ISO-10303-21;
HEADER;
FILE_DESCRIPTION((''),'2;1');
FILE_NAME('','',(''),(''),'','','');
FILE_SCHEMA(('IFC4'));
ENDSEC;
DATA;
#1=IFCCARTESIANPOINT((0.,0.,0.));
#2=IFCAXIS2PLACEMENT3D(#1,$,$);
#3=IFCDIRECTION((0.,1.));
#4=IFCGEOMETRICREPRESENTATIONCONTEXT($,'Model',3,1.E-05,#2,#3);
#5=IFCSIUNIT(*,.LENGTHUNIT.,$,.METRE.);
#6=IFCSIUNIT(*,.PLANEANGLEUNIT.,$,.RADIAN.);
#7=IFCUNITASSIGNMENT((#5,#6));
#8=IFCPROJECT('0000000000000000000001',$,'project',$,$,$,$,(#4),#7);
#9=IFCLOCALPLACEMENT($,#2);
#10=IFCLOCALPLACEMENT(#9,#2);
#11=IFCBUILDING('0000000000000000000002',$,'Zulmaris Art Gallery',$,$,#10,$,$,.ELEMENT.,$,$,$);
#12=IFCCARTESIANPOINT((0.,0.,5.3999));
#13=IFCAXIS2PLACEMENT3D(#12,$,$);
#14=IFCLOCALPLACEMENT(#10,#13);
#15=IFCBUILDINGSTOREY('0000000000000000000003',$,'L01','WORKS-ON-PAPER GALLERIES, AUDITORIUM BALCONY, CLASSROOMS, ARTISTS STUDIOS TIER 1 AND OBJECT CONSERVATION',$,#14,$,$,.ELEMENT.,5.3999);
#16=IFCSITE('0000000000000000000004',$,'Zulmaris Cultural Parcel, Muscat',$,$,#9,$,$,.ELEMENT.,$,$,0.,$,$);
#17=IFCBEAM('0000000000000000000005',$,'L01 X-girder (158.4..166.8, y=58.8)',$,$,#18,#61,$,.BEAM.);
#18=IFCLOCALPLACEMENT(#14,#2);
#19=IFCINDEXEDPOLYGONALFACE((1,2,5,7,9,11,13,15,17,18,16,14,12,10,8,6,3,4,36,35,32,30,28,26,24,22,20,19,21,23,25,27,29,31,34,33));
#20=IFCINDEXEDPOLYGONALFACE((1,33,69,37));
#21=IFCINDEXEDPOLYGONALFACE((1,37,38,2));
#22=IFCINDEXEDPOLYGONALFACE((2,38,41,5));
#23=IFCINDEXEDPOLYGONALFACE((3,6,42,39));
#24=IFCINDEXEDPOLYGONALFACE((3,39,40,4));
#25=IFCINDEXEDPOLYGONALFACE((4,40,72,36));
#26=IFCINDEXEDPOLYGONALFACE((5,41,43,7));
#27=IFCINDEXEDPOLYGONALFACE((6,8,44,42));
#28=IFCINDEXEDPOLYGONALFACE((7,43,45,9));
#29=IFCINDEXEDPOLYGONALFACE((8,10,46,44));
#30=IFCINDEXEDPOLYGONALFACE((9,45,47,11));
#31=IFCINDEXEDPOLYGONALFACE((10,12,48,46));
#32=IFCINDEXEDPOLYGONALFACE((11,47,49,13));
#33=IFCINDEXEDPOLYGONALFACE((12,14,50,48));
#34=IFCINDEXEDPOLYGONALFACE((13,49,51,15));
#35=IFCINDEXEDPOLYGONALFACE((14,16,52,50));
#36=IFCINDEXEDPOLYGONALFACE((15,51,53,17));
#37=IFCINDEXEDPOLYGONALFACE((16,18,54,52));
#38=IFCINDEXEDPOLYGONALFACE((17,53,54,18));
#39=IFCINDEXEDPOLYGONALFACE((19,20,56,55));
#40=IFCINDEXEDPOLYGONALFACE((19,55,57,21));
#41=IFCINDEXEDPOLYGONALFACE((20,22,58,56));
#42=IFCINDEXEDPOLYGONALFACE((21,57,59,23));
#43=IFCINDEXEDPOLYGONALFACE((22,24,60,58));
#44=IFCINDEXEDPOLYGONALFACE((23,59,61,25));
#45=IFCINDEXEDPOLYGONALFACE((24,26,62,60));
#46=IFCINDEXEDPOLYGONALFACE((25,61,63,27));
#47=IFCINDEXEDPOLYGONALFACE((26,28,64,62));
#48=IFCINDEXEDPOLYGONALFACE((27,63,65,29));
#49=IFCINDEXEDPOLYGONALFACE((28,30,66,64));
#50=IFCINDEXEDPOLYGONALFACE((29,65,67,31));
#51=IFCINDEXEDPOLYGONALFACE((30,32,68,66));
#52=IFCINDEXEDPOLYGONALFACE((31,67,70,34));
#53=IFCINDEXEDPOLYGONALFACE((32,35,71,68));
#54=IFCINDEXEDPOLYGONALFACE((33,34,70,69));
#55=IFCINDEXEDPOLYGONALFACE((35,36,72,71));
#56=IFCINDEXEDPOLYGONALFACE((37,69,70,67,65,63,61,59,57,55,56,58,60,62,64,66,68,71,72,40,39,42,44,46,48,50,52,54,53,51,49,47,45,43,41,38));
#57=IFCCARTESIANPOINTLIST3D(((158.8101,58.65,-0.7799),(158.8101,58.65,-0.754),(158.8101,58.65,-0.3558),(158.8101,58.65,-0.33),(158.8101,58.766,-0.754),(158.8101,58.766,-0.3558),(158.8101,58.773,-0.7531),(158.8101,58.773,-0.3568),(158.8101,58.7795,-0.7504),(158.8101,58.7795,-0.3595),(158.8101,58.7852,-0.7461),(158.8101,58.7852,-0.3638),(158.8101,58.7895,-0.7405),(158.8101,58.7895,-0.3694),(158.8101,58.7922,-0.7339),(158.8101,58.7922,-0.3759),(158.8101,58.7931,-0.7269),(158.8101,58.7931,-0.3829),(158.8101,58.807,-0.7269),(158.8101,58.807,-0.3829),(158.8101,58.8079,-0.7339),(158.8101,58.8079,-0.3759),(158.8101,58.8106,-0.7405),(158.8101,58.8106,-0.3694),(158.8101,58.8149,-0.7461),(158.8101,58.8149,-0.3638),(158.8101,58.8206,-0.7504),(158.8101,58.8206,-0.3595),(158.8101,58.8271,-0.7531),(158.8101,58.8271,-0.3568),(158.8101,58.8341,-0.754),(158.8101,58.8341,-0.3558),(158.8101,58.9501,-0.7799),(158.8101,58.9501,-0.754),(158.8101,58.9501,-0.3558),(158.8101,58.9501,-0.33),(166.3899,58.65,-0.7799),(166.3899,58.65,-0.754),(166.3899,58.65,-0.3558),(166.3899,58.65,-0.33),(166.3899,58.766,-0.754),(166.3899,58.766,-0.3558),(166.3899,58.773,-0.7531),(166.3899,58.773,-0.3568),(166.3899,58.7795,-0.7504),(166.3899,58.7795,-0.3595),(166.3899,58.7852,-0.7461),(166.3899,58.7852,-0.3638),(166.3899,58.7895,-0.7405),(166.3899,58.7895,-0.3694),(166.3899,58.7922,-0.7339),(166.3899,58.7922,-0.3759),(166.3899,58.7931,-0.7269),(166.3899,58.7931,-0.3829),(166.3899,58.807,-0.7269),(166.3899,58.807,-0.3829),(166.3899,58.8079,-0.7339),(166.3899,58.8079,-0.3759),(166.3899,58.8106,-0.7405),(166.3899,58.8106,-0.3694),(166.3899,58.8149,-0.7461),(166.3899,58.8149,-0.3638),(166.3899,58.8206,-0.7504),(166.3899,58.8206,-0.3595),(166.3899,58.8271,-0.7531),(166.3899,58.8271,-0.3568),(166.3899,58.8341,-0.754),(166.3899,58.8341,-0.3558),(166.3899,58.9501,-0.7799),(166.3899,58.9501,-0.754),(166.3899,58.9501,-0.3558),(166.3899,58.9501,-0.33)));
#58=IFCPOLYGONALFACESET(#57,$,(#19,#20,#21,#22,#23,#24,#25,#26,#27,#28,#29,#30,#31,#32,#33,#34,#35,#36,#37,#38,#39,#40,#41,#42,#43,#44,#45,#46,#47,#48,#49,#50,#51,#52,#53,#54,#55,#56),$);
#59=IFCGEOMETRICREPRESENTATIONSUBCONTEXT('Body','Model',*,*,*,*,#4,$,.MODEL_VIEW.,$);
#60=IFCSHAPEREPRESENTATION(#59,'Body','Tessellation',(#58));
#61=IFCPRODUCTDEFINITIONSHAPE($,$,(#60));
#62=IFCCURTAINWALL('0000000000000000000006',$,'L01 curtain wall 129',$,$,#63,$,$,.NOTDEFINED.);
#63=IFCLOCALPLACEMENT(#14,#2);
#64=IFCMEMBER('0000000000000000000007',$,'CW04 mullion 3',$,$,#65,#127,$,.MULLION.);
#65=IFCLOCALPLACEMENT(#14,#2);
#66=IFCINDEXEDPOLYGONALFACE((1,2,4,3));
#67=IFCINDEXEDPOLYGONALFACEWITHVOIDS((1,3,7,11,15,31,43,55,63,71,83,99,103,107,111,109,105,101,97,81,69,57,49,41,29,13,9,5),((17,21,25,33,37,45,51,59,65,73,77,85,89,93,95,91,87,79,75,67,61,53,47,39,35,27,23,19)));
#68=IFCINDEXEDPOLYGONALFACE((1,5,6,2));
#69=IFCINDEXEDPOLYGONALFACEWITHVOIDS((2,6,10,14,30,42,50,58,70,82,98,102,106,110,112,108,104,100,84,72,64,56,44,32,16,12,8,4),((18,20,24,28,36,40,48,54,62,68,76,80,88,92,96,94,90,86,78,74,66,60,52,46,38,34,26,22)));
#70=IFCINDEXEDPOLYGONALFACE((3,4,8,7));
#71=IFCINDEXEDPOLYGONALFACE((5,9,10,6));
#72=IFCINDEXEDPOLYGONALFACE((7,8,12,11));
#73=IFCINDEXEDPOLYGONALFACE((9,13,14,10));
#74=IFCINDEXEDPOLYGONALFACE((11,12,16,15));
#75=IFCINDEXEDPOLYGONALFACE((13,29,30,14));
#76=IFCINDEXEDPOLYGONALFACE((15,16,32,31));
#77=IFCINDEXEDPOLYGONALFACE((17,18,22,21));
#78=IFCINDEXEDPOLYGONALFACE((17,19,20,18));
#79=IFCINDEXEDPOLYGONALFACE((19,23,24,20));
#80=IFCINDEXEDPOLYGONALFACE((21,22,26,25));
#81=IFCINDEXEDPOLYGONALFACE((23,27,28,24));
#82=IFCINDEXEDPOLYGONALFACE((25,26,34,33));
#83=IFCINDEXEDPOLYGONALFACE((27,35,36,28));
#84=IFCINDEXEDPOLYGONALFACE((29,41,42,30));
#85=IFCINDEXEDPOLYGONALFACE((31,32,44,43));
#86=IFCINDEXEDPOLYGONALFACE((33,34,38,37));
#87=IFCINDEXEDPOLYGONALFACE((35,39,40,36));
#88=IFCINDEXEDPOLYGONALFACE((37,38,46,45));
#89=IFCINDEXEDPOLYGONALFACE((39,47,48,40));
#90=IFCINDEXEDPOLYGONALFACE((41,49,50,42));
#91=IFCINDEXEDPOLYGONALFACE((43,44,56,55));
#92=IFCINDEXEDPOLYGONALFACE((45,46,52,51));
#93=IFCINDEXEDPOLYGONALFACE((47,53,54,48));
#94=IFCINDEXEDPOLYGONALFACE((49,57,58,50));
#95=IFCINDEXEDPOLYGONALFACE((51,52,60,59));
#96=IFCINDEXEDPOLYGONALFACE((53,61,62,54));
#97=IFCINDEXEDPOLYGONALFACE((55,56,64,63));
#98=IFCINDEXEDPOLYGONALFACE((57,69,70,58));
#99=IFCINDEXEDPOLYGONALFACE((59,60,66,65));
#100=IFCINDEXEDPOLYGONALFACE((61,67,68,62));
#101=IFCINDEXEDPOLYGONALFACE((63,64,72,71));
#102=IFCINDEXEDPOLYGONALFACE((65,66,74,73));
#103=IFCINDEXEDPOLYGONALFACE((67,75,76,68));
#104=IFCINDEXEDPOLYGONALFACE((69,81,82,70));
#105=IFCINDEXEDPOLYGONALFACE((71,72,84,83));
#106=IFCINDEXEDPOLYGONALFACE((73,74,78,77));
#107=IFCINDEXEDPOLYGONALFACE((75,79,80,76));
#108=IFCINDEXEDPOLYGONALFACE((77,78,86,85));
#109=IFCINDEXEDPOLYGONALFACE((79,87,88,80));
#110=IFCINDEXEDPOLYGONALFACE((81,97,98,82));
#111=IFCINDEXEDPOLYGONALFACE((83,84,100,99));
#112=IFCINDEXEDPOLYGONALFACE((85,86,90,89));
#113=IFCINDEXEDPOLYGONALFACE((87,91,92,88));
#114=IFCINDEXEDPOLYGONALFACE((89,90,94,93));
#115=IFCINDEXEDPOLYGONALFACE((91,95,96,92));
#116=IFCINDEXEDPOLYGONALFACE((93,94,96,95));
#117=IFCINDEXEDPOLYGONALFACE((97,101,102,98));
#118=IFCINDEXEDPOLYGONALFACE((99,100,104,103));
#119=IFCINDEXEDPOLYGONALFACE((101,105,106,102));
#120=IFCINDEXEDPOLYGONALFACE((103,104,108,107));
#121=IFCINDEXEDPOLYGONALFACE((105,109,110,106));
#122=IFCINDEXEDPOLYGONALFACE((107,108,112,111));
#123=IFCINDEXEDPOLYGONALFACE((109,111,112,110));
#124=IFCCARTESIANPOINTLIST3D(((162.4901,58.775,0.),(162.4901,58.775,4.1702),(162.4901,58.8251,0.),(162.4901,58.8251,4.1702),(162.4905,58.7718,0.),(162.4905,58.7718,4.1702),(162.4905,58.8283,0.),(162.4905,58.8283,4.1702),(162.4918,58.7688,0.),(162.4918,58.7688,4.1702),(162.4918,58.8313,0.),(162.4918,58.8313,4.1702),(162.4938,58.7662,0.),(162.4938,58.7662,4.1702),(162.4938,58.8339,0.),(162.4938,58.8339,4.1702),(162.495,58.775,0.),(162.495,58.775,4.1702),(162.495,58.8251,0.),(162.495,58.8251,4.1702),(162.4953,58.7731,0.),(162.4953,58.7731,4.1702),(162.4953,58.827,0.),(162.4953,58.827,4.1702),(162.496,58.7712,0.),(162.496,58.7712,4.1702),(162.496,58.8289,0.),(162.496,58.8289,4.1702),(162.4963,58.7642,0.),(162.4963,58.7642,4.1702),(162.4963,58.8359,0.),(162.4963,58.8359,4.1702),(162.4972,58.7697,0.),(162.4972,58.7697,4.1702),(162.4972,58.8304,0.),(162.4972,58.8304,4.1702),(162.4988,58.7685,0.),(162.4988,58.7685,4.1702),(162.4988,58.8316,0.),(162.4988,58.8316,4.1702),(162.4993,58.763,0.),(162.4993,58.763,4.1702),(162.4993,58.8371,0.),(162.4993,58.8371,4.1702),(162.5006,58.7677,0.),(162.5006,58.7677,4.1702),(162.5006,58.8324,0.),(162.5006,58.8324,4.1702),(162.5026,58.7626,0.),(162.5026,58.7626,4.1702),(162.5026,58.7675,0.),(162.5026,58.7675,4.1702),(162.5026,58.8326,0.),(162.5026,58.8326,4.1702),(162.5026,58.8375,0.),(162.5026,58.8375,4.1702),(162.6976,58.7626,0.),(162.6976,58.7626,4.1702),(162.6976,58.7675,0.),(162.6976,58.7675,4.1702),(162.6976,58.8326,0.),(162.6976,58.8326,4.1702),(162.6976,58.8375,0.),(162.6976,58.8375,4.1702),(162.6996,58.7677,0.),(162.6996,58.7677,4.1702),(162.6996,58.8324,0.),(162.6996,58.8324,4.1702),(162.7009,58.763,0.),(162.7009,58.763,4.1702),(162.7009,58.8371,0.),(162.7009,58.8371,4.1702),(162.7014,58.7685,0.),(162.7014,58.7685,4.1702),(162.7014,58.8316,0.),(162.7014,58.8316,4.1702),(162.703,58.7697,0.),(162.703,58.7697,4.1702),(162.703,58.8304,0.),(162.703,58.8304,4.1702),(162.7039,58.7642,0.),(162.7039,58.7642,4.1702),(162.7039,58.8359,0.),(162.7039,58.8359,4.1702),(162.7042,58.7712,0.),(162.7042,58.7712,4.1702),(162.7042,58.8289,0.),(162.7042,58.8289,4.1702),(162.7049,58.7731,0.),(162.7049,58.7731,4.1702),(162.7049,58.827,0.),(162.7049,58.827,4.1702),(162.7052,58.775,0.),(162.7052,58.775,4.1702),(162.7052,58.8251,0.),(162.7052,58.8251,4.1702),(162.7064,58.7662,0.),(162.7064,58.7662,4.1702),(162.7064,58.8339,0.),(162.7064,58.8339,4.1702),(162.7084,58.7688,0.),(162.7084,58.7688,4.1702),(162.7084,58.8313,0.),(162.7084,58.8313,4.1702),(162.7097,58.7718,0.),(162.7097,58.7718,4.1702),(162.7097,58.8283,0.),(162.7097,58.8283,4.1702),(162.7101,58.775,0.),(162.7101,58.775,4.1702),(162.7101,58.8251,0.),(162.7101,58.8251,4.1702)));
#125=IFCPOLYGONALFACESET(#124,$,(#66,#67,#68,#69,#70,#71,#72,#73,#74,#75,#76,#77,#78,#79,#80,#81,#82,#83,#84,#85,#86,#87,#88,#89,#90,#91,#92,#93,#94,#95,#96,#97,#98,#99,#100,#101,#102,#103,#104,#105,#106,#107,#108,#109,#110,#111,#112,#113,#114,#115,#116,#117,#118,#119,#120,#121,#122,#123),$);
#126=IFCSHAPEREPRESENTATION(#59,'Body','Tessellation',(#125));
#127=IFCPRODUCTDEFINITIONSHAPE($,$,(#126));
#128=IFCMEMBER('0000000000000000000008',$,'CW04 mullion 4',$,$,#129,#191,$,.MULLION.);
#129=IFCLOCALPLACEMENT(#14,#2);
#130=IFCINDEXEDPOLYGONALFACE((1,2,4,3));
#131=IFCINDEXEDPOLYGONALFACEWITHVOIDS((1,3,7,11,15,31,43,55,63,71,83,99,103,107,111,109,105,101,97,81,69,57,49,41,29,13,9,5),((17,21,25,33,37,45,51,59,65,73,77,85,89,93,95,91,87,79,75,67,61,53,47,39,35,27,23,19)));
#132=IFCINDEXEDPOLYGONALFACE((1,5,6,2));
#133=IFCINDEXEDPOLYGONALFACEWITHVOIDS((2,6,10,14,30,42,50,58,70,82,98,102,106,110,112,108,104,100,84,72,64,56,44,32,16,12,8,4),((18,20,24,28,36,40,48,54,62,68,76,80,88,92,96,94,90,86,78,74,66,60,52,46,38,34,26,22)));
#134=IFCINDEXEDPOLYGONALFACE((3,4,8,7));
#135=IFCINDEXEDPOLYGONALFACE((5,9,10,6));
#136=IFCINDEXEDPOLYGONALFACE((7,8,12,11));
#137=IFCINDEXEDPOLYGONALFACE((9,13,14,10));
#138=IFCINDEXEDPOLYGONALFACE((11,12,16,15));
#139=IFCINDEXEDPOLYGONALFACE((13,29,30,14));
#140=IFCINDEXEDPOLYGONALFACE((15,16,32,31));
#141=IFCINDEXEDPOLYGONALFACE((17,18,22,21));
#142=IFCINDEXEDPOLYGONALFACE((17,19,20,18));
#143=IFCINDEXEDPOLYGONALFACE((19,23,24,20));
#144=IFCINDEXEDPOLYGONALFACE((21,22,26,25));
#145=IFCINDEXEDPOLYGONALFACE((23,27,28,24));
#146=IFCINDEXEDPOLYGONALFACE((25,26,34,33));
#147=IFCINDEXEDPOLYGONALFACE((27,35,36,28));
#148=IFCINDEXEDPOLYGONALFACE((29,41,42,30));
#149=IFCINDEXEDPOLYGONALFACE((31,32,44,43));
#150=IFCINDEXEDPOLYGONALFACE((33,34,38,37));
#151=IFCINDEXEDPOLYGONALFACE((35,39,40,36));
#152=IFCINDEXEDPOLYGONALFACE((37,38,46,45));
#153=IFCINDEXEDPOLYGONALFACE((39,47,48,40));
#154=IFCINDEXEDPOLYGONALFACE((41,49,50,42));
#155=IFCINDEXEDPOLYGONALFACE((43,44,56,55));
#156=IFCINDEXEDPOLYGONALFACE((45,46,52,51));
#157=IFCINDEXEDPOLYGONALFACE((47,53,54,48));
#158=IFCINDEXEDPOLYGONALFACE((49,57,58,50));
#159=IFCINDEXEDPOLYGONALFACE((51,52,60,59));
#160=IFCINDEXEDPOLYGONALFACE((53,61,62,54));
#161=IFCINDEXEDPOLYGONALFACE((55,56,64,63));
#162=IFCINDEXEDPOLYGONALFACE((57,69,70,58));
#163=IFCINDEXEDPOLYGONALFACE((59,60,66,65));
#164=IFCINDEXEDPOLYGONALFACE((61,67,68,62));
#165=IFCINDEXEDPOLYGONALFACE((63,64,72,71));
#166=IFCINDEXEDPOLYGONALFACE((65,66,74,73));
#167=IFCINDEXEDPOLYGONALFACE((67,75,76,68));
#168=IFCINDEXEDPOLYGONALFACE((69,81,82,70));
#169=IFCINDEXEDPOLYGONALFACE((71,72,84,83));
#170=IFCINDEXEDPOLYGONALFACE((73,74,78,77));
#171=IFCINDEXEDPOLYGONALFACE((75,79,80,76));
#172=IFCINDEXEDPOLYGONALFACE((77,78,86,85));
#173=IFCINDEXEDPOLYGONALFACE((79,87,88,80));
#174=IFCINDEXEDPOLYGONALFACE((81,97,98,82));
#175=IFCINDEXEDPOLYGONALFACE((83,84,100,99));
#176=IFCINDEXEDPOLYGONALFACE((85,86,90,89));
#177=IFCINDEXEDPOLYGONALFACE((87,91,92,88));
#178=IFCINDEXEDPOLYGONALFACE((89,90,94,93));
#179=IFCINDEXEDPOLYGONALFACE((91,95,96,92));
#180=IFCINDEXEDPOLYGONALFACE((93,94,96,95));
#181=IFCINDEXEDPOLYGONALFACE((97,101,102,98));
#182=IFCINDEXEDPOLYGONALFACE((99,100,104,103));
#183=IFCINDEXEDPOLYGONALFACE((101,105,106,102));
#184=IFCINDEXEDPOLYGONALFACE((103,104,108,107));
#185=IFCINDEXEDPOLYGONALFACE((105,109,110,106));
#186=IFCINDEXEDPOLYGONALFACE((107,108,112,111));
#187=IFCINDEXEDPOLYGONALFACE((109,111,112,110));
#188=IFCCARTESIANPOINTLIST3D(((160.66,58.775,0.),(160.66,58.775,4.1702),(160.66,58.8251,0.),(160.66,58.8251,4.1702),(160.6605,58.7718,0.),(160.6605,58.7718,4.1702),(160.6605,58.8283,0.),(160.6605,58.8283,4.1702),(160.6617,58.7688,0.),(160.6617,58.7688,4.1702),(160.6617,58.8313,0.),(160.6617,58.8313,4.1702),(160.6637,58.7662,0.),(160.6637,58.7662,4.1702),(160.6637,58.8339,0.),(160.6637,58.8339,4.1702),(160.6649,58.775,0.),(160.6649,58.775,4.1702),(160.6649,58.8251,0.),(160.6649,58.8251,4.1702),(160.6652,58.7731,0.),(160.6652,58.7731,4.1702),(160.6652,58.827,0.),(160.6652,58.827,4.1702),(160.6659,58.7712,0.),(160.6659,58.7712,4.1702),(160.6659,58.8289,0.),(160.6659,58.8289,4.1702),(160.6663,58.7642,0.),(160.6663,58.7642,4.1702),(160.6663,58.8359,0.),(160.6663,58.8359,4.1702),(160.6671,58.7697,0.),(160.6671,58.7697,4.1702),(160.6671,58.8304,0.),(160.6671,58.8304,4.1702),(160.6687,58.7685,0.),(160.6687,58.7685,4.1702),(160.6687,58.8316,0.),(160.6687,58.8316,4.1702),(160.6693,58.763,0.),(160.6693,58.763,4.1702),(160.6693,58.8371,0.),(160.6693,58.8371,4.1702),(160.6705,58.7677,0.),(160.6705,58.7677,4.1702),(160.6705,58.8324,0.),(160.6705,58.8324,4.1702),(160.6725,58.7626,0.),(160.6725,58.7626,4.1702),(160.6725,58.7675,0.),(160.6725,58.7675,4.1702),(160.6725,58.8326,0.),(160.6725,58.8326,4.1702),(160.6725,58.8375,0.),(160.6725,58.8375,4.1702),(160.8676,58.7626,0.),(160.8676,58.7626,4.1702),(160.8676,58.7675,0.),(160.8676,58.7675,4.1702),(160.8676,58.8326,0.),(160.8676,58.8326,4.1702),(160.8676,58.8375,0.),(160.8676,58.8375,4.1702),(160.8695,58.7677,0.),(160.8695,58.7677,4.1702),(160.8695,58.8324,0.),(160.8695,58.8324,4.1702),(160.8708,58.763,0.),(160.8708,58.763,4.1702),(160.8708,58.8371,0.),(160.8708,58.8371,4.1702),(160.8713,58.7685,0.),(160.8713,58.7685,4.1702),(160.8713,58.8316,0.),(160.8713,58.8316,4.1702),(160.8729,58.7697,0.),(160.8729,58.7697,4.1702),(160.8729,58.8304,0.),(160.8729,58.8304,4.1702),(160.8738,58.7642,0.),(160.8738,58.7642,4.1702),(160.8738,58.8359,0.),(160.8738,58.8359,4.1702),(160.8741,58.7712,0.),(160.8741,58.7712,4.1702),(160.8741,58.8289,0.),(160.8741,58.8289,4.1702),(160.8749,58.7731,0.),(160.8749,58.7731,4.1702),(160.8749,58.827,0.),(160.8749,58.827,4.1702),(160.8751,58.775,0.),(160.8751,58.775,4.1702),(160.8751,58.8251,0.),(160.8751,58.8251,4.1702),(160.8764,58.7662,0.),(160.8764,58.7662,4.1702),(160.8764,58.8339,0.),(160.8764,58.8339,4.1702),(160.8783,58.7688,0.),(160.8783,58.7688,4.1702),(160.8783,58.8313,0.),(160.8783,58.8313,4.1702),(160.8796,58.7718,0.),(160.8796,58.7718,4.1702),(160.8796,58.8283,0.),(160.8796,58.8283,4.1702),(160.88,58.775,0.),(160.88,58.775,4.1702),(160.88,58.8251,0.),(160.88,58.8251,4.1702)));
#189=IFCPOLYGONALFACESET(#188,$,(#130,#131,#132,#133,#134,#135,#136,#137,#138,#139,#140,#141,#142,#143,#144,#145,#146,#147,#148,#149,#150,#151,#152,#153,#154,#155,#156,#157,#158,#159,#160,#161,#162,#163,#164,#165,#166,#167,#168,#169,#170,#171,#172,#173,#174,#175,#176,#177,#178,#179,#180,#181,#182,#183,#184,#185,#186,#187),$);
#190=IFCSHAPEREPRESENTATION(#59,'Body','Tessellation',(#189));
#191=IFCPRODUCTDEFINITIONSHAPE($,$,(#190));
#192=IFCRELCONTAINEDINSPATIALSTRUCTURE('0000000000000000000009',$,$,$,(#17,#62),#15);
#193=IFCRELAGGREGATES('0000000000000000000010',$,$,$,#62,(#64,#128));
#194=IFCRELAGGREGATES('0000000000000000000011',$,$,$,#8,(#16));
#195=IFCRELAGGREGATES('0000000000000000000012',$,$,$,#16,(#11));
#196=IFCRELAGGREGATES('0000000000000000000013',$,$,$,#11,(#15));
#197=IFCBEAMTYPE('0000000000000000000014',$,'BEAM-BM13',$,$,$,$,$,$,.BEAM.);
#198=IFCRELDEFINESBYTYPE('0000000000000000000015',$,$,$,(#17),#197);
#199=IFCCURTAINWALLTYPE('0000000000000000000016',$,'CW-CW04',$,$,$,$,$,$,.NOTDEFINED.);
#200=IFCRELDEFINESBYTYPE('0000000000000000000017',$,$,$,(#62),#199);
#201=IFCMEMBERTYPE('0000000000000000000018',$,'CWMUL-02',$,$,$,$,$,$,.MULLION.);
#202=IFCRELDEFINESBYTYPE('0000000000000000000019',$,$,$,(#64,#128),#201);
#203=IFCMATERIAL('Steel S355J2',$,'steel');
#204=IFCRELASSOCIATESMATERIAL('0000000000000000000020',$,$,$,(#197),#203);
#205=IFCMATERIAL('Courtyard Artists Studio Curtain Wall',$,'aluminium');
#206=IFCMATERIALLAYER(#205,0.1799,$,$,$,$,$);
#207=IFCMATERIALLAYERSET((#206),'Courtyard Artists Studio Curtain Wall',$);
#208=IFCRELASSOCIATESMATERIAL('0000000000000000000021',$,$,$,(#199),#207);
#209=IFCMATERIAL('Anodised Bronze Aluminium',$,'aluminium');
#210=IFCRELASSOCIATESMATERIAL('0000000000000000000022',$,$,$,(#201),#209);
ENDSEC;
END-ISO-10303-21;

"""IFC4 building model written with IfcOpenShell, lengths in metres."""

from ifc_helpers import new_model, si_unit, direction, frame, origin, origin_2d, place, context, subcontext, project, spatial, hollow_rectangle, i_section, extrude, material, layer, layer_set, material_profile, profile_set, type_object, element, aggregate, save


model = new_model("IFC4")

# Units and contexts
model_context = context("Model", 3, precision=1e-05, world=origin(), true_north=direction((0.0, 1.0)))
body_context = subcontext(model_context, "Body", "Model", "MODEL_VIEW")
ifc_project = project(units=[si_unit("LENGTHUNIT", "METRE"), si_unit("PLANEANGLEUNIT", "RADIAN")], contexts=[model_context])

# Site, building, storey
site_placement = place(None, origin())
site = spatial("IfcSite", under=ifc_project, at=site_placement, Name="Zulmaris Cultural Parcel, Muscat", CompositionType="ELEMENT", RefElevation=0.0)
building_placement = place(site_placement, origin())
building = spatial("IfcBuilding", under=site, at=building_placement, Name="Zulmaris Art Gallery", CompositionType="ELEMENT")
storey_placement = place(building_placement, frame((0.0, 0.0, 5.3999)))
storey = spatial("IfcBuildingStorey", under=building, at=storey_placement, Name="L01", Description="WORKS-ON-PAPER GALLERIES, AUDITORIUM BALCONY, CLASSROOMS, ARTISTS STUDIOS TIER 1 AND OBJECT CONSERVATION", CompositionType="ELEMENT", Elevation=5.3999)

# Beam
ifc_material_1 = material(Name="Steel S355J2", Category="steel")
ifc_material_profile_1 = material_profile(ifc_material_1, i_section(OverallWidth=0.3, OverallDepth=0.45, WebThickness=0.0139, FlangeThickness=0.0259, FilletRadius=0.0271, at=origin_2d()), Name="HEB 450")
ifc_profile_set_1 = profile_set([ifc_material_profile_1], Name="Steel S355J2")
beam_type = type_object("IfcBeamType", Name="BEAM-BM13", PredefinedType="BEAM", material=ifc_profile_set_1)
beam_placement = place(storey_placement, frame((158.8101, 58.8, -0.5549), z_axis=(1.0, 0.0, 0.0), x_axis=(0.0, 1.0, 0.0)))
element("IfcBeam", 1, at=beam_placement, inside=storey, type_object=beam_type, Name="L01 X-girder (158.4..166.8, y=58.8)", PredefinedType="BEAM", context=body_context, shape_type="SweptSolid", body=[
    extrude(i_section(OverallWidth=0.3, OverallDepth=0.45, WebThickness=0.0139, FlangeThickness=0.0259, FilletRadius=0.0271, at=origin_2d()), origin(), (0.0, 0.0, 1.0), 7.5798),
])

# Curtain wall, members
ifc_material_2 = material(Name="Courtyard Artists Studio Curtain Wall", Category="aluminium")
ifc_layer_1 = layer(ifc_material_2, 0.1799)
ifc_layer_set_1 = layer_set([ifc_layer_1], Name="Courtyard Artists Studio Curtain Wall")
curtain_wall_type = type_object("IfcCurtainWallType", Name="CW-CW04", PredefinedType="NOTDEFINED", material=ifc_layer_set_1)
curtain_wall_1_placement = place(storey_placement, origin())
curtain_wall_1 = element("IfcCurtainWall", 2, at=curtain_wall_1_placement, inside=storey, type_object=curtain_wall_type, Name="L01 curtain wall 129", PredefinedType="NOTDEFINED")
ifc_material_3 = material(Name="Anodised Bronze Aluminium", Category="aluminium")
ifc_material_profile_2 = material_profile(ifc_material_3, hollow_rectangle(XDim=0.075, YDim=0.22, WallThickness=0.0049, InnerFilletRadius=0.0076, OuterFilletRadius=0.0125, at=origin_2d()), Name="ALU 75x220x5")
ifc_profile_set_2 = profile_set([ifc_material_profile_2], Name="Anodised Bronze Aluminium")
member_type_1 = type_object("IfcMemberType", Name="CWMUL-02", PredefinedType="MULLION", material=ifc_profile_set_2)
member_1_placement = place(storey_placement, frame((162.6001, 58.8, 0.0), z_axis=(0.0, 0.0, 1.0), x_axis=(0.0, -1.0, 0.0)))
member_1 = element("IfcMember", 3, at=member_1_placement, type_object=member_type_1, Name="CW04 mullion 3", PredefinedType="MULLION", context=body_context, shape_type="SweptSolid", body=[
    extrude(hollow_rectangle(XDim=0.075, YDim=0.22, WallThickness=0.0049, InnerFilletRadius=0.0076, OuterFilletRadius=0.0125, at=origin_2d()), origin(), (0.0, 0.0, 1.0), 4.1702),
])
member_2_placement = place(storey_placement, frame((160.77, 58.8, 0.0), z_axis=(0.0, 0.0, 1.0), x_axis=(0.0, -1.0, 0.0)))
member_2 = element("IfcMember", 4, at=member_2_placement, type_object=member_type_1, Name="CW04 mullion 4", PredefinedType="MULLION", context=body_context, shape_type="SweptSolid", body=[
    extrude(hollow_rectangle(XDim=0.075, YDim=0.22, WallThickness=0.0049, InnerFilletRadius=0.0076, OuterFilletRadius=0.0125, at=origin_2d()), origin(), (0.0, 0.0, 1.0), 4.1702),
])

aggregate(curtain_wall_1, [member_1, member_2])

save(model, "model.ifc")
